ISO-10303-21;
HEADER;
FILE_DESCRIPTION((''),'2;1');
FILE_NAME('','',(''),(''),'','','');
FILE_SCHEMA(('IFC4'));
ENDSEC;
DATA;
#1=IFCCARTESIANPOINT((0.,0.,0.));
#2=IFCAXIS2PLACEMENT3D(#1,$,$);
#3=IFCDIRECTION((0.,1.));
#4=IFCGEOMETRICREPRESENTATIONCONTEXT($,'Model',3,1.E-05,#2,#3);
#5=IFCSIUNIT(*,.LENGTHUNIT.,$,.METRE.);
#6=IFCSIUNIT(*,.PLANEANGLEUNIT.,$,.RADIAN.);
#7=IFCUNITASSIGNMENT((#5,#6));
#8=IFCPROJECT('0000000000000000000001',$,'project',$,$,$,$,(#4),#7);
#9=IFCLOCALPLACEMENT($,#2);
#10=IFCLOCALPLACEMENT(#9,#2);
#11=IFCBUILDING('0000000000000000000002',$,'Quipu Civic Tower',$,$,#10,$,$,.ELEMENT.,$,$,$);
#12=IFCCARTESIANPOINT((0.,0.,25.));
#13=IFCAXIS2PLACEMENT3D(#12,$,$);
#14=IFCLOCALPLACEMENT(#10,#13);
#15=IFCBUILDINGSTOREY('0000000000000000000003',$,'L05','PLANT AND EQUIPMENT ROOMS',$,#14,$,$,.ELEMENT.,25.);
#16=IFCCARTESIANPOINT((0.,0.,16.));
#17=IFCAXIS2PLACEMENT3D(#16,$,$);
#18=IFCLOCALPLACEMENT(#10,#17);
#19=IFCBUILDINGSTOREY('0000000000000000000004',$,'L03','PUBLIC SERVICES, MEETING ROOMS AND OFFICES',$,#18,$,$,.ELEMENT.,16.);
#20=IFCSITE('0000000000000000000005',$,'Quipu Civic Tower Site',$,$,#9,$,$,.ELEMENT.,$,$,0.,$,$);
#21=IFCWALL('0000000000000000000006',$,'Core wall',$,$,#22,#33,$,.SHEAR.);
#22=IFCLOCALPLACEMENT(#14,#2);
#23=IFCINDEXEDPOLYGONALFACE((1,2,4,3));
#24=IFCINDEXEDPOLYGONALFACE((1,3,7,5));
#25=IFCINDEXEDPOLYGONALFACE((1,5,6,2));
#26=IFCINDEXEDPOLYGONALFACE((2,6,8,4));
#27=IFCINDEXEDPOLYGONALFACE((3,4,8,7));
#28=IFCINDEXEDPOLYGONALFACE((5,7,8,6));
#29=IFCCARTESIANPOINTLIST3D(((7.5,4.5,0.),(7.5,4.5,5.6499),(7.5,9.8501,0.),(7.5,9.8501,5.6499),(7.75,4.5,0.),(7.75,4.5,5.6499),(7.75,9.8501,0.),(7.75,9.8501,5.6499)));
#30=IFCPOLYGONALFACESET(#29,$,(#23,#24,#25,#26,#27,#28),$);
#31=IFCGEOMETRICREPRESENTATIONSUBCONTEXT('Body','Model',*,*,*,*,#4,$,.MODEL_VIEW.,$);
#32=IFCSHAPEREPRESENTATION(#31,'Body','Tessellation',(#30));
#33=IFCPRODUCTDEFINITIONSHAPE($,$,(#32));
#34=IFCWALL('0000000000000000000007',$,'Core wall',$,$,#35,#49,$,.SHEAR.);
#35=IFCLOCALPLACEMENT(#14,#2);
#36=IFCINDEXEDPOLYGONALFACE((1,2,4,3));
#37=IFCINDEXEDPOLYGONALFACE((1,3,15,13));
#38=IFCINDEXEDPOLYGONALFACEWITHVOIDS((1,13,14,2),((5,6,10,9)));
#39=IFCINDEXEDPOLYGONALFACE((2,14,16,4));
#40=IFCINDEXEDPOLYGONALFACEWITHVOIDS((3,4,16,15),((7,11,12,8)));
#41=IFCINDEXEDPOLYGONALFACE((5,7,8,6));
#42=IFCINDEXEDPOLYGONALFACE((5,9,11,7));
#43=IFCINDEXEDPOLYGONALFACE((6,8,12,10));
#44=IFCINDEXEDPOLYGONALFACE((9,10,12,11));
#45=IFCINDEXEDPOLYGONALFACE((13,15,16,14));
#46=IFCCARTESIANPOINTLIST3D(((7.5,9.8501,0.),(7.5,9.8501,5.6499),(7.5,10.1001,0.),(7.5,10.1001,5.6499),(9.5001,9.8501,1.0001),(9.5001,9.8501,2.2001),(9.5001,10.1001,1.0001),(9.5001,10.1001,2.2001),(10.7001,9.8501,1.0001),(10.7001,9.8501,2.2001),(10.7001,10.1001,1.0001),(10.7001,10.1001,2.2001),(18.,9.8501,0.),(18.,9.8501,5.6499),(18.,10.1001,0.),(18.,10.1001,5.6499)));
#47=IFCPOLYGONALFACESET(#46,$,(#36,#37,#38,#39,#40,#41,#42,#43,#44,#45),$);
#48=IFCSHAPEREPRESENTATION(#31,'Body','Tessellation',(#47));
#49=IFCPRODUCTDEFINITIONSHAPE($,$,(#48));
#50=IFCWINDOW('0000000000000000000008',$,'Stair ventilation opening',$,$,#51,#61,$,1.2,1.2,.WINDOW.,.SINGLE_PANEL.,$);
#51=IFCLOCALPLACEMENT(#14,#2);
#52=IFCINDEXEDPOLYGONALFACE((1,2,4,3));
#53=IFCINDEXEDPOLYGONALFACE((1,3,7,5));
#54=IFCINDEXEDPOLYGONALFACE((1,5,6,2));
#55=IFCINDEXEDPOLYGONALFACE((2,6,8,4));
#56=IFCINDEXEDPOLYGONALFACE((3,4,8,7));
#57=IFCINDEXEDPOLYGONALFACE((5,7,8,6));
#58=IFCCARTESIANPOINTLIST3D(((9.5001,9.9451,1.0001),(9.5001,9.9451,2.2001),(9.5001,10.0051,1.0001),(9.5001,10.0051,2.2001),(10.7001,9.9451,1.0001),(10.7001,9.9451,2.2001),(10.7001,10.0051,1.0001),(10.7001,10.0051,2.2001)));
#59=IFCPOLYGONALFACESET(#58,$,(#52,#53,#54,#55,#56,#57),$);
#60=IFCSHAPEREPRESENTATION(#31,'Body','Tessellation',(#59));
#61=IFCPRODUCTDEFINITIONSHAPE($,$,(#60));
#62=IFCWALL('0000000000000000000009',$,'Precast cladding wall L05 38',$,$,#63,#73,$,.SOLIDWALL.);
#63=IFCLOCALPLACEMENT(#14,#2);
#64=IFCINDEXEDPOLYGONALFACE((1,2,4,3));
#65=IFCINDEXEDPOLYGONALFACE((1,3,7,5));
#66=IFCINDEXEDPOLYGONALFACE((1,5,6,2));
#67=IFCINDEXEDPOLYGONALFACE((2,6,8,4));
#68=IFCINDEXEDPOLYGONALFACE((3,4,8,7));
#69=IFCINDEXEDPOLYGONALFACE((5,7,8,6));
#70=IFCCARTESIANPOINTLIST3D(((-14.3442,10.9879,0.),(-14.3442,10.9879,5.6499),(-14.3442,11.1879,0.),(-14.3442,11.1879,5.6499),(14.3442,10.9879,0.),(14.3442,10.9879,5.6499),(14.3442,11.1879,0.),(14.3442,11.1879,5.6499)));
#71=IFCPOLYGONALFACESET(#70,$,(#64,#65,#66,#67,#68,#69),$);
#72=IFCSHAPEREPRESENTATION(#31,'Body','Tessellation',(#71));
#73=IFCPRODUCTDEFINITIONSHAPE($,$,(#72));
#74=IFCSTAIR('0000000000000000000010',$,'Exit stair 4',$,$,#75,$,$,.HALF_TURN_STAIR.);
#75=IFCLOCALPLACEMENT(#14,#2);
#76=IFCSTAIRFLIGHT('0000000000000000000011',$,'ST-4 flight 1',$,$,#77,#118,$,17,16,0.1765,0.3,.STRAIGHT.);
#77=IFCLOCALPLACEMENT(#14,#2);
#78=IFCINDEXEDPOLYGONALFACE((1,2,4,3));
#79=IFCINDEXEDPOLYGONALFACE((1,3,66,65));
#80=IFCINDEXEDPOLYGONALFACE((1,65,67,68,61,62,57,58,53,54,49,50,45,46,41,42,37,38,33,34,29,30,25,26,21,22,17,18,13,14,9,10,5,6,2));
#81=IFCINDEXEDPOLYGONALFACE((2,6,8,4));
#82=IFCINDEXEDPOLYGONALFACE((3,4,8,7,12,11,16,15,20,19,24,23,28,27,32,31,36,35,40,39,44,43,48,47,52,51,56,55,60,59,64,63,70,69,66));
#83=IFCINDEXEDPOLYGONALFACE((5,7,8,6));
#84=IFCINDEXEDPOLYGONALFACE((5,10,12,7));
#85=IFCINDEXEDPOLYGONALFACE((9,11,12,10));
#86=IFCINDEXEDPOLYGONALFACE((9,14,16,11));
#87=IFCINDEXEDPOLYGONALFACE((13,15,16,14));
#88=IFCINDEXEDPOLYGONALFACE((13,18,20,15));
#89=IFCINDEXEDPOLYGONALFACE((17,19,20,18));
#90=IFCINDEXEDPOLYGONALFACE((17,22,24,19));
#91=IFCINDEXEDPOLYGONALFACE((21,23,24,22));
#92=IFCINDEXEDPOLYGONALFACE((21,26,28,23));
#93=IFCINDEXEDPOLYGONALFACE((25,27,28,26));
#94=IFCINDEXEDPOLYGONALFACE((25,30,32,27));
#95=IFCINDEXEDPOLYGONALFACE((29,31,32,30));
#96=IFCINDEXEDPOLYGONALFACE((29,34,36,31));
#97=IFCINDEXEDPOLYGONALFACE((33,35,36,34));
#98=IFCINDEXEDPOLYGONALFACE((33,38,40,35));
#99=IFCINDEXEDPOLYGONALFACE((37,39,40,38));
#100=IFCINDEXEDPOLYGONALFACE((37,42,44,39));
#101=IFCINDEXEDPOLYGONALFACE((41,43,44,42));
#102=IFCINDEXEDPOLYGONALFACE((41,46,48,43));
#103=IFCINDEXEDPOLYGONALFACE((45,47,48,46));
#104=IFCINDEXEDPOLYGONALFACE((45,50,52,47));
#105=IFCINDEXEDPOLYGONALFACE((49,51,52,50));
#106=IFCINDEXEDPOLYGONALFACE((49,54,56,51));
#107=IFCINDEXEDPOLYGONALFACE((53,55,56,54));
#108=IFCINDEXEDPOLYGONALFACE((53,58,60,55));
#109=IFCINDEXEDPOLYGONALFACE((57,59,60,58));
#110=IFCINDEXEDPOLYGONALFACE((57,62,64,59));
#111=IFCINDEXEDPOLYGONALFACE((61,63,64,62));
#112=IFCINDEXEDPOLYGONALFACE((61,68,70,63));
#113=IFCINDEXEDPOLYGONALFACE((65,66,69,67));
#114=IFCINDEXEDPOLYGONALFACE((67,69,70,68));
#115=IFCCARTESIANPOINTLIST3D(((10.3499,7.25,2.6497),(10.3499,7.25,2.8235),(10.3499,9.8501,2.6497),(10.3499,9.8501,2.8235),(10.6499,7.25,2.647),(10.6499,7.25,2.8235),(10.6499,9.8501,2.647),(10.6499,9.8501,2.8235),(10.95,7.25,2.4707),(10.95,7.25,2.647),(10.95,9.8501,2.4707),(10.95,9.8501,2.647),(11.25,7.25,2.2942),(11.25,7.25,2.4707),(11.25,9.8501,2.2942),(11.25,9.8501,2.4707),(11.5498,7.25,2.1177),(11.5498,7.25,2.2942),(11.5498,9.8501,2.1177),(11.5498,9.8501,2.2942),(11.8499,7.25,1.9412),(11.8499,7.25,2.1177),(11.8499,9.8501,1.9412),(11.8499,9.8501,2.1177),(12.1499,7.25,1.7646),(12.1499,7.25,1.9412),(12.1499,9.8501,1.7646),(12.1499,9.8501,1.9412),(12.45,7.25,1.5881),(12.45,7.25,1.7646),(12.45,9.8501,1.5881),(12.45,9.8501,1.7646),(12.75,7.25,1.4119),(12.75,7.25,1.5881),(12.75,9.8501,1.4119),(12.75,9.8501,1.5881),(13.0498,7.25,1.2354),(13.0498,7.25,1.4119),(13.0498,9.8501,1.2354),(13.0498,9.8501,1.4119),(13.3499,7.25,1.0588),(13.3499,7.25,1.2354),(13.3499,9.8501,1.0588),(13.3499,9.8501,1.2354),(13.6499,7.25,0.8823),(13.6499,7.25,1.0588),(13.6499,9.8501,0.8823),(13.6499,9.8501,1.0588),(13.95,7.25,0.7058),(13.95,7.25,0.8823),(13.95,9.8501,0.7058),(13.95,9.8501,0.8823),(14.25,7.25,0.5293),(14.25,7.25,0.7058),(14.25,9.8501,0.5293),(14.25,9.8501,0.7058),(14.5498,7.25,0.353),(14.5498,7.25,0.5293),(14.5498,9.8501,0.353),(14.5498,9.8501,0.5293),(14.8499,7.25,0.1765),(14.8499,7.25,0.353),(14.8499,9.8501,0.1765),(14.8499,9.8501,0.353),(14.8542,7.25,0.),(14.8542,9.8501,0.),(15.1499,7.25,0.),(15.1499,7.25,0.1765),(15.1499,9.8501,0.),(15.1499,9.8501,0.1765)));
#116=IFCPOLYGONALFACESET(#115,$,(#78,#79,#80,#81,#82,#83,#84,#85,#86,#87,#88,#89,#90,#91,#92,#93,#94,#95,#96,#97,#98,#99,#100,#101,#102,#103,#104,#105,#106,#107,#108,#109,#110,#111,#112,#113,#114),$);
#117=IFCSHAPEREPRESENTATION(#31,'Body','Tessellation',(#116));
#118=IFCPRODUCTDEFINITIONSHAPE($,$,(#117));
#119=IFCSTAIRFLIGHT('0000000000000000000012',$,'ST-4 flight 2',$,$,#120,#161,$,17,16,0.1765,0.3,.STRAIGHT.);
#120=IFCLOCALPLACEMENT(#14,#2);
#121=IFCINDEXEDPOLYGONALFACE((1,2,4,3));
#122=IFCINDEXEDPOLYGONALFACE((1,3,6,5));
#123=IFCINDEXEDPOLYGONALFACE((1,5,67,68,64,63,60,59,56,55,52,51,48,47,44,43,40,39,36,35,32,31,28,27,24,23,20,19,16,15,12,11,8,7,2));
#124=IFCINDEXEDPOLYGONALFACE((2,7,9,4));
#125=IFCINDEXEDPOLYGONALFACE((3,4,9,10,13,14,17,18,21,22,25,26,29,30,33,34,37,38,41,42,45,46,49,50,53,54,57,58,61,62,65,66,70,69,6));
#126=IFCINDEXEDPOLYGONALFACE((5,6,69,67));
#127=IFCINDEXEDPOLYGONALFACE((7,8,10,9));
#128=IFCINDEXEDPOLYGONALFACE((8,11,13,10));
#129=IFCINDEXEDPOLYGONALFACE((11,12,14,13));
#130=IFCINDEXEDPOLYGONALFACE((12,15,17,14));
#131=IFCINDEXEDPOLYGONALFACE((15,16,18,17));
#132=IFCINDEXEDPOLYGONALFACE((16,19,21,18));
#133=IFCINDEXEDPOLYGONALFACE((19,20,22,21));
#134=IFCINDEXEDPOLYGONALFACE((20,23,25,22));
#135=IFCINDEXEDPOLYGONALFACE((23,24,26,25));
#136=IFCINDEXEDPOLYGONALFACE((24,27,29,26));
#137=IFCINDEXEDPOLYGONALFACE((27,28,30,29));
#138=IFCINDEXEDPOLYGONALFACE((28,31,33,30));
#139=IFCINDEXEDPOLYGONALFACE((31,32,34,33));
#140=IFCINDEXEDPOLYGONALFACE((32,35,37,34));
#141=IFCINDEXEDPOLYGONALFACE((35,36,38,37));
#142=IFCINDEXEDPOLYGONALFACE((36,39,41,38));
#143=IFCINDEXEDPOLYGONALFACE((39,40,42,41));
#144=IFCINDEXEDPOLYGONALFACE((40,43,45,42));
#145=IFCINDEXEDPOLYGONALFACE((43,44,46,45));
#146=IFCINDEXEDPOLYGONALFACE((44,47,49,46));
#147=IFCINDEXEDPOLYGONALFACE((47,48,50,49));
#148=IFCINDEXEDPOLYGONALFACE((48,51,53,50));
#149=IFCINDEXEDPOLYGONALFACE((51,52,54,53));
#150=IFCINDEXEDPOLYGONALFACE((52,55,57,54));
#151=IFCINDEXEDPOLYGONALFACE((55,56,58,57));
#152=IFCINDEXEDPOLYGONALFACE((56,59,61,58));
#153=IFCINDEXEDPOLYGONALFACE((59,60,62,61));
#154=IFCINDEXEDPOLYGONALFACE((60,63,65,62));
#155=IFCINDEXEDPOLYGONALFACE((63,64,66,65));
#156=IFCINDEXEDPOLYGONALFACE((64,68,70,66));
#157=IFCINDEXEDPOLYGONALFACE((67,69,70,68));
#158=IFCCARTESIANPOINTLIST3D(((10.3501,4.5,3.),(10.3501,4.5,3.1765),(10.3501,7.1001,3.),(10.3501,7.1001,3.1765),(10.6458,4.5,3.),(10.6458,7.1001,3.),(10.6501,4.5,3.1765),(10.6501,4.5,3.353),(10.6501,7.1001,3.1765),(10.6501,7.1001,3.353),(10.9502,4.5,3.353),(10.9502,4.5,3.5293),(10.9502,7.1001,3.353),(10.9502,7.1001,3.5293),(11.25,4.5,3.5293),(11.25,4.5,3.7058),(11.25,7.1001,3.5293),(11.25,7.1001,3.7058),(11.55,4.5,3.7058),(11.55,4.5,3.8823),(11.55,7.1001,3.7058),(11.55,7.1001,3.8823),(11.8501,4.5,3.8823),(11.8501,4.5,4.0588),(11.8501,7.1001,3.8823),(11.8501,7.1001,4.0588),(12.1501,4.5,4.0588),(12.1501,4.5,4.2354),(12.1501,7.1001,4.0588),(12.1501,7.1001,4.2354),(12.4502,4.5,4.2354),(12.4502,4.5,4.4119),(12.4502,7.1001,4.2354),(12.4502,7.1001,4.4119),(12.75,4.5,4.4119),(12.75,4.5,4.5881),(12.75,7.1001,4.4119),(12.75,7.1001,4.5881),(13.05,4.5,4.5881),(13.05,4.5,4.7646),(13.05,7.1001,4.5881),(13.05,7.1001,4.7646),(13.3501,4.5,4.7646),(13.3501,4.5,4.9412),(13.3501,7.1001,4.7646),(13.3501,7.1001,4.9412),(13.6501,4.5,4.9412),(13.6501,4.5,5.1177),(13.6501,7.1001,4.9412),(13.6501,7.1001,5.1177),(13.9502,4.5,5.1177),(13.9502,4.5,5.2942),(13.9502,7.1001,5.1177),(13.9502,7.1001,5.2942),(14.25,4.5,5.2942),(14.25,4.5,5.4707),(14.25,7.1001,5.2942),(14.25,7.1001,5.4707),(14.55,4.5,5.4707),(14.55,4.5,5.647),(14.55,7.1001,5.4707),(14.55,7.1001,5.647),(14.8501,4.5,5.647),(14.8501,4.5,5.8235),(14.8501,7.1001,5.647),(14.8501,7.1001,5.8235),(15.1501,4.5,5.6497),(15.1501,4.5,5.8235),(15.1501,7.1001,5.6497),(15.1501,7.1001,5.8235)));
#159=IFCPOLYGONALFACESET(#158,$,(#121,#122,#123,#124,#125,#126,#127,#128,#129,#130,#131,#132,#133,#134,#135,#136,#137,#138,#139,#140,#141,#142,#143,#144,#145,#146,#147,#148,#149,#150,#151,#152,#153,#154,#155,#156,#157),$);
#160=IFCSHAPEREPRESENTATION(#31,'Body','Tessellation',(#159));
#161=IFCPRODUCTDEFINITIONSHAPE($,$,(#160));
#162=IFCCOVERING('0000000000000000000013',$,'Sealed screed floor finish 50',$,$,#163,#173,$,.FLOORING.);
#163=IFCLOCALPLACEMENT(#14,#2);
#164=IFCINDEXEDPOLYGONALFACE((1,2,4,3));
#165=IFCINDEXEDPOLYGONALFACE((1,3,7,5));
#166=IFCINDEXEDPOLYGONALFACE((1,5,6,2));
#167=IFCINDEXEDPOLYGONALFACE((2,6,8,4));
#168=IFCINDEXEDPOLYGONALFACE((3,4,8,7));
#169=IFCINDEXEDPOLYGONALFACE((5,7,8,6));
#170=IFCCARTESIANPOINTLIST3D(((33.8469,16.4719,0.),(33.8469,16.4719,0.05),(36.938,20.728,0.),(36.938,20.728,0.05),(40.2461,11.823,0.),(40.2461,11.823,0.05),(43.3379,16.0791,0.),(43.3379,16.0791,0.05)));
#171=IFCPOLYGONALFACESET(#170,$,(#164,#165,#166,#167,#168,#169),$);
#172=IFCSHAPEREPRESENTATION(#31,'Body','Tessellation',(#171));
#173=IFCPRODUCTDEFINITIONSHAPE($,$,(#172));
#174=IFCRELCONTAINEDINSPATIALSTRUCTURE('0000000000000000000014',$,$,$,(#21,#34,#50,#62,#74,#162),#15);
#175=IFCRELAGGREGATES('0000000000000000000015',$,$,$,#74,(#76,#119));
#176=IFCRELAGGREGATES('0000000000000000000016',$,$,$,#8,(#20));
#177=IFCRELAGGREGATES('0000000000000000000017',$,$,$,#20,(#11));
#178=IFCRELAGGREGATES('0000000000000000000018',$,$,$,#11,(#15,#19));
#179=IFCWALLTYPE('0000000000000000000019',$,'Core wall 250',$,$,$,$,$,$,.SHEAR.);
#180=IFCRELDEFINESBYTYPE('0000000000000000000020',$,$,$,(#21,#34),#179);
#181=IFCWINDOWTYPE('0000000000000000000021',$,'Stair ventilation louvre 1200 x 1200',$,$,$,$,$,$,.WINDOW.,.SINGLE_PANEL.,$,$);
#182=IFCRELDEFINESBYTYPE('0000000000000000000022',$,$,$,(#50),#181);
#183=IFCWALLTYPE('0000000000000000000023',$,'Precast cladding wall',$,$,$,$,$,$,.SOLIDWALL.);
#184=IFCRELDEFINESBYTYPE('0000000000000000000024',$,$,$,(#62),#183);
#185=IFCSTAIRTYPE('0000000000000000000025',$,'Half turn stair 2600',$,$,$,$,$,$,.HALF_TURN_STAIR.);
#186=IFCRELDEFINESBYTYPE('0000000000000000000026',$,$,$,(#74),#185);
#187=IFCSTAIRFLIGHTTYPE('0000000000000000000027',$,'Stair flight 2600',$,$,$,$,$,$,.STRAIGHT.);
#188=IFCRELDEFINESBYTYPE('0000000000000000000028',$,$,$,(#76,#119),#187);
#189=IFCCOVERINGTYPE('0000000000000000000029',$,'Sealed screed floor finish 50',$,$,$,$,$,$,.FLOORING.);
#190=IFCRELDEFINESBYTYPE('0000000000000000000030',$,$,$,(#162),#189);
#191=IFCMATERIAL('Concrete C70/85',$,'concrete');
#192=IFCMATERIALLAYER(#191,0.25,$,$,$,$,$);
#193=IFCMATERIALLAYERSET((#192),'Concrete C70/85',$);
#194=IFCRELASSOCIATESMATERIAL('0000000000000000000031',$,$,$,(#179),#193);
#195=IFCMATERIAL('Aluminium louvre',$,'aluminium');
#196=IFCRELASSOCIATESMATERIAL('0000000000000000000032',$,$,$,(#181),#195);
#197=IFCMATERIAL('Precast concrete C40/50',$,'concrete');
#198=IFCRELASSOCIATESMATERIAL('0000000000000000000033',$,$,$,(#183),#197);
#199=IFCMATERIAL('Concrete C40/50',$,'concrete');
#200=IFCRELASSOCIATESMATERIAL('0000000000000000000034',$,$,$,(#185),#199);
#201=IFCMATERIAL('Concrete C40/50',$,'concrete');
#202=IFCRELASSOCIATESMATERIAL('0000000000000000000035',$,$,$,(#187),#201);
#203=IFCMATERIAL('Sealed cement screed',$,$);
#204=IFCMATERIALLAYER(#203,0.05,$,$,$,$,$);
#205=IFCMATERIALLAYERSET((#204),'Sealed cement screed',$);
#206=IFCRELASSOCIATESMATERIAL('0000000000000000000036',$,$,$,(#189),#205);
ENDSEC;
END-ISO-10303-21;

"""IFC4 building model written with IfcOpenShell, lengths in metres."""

from ifc_helpers import new_model, si_unit, direction, frame, frame_2d, origin, place, context, subcontext, project, spatial, polyline, rectangle, outline, extrude, material, layer, layer_set, type_object, element, fill, aggregate, save


model = new_model("IFC4")

# Units and contexts
model_context = context("Model", 3, precision=1e-05, world=origin(), true_north=direction((0.0, 1.0)))
body_context = subcontext(model_context, "Body", "Model", "MODEL_VIEW")
ifc_project = project(units=[si_unit("LENGTHUNIT", "METRE"), si_unit("PLANEANGLEUNIT", "RADIAN")], contexts=[model_context])

# Site, building, storey
site_placement = place(None, origin())
site = spatial("IfcSite", under=ifc_project, at=site_placement, Name="Quipu Civic Tower Site", CompositionType="ELEMENT", RefElevation=0.0)
building_placement = place(site_placement, origin())
building = spatial("IfcBuilding", under=site, at=building_placement, Name="Quipu Civic Tower", CompositionType="ELEMENT")
storey_1_placement = place(building_placement, frame((0.0, 0.0, 25.0)))
storey_1 = spatial("IfcBuildingStorey", under=building, at=storey_1_placement, Name="L05", Description="PLANT AND EQUIPMENT ROOMS", CompositionType="ELEMENT", Elevation=25.0)

# Shared definitions
storey_2_placement = place(building_placement, frame((0.0, 0.0, 16.0)))
storey_2 = spatial("IfcBuildingStorey", under=building, at=storey_2_placement, Name="L03", Description="PUBLIC SERVICES, MEETING ROOMS AND OFFICES", CompositionType="ELEMENT", Elevation=16.0)

# Shared definitions
ifc_material_1 = material(Name="Concrete C70/85", Category="concrete")
ifc_layer_1 = layer(ifc_material_1, 0.25)
ifc_layer_set_1 = layer_set([ifc_layer_1], Name="Concrete C70/85")
wall_type_1 = type_object("IfcWallType", Name="Core wall 250", PredefinedType="SHEAR", material=ifc_layer_set_1)

# Wall
wall_1_placement = place(storey_1_placement, frame((7.625, 4.5, 0.0), z_axis=(0.0, 0.0, 1.0), x_axis=(0.0, 1.0, 0.0)))
element("IfcWall", 1, at=wall_1_placement, inside=storey_1, type_object=wall_type_1, Name="Core wall", PredefinedType="SHEAR", context=body_context, shape_type="SweptSolid", body=[
    extrude(rectangle(XDim=5.3501, YDim=0.25, at=frame_2d((2.675, 0.0))), origin(), (0.0, 0.0, 1.0), 5.6499),
])

# Wall, opening, window
wall_2_placement = place(storey_1_placement, frame((7.5, 9.9751, 0.0), z_axis=(0.0, 0.0, 1.0), x_axis=(1.0, 0.0, 0.0)))
wall_2 = element("IfcWall", 2, at=wall_2_placement, inside=storey_1, type_object=wall_type_1, Name="Core wall", PredefinedType="SHEAR", context=body_context, shape_type="SweptSolid", body=[
    extrude(rectangle(XDim=10.5, YDim=0.25, at=frame_2d((5.25, 0.0))), origin(), (0.0, 0.0, 1.0), 5.6499),
])
opening_1_placement = place(wall_2_placement, frame((2.0, 0.0, 1.0)))
opening_1 = element("IfcOpeningElement", 3, at=opening_1_placement, cuts=wall_2, PredefinedType="OPENING", context=body_context, shape_type="SweptSolid", body=[
    extrude(rectangle(XDim=1.2, YDim=1.2, at=frame_2d((0.6001, 0.6001))), frame((0.0, 0.135, 0.0), z_axis=(0.0, -1.0, 0.0), x_axis=(1.0, 0.0, 0.0)), (0.0, 0.0, 1.0), 0.27),
])
ifc_material_2 = material(Name="Aluminium louvre", Category="aluminium")
window_type = type_object("IfcWindowType", Name="Stair ventilation louvre 1200 x 1200", PartitioningType="SINGLE_PANEL", PredefinedType="WINDOW", material=ifc_material_2)
window_placement = place(opening_1_placement, origin())
window = element("IfcWindow", 4, at=window_placement, inside=storey_1, type_object=window_type, Name="Stair ventilation opening", OverallHeight=1.2, OverallWidth=1.2, PartitioningType="SINGLE_PANEL", PredefinedType="WINDOW", context=body_context, shape_type="SweptSolid", body=[
    extrude(rectangle(XDim=1.2, YDim=1.2, at=frame_2d((0.6001, 0.6001))), frame((0.0, 0.03, 0.0), z_axis=(0.0, -1.0, 0.0), x_axis=(1.0, 0.0, 0.0)), (0.0, 0.0, 1.0), 0.0601),
])
fill(opening_1, window)

# Wall
ifc_material_3 = material(Name="Precast concrete C40/50", Category="concrete")
wall_type_2 = type_object("IfcWallType", Name="Precast cladding wall", PredefinedType="SOLIDWALL", material=ifc_material_3)
wall_3_placement = place(storey_1_placement, frame((14.3442, 11.0879, 0.0), z_axis=(0.0, 0.0, 1.0), x_axis=(-1.0, 0.0, 0.0)))
element("IfcWall", 5, at=wall_3_placement, inside=storey_1, type_object=wall_type_2, Name="Precast cladding wall L05 38", PredefinedType="SOLIDWALL", context=body_context, shape_type="SweptSolid", body=[
    extrude(rectangle(XDim=28.6885, YDim=0.2, at=frame_2d((14.3442, 0.0))), origin(), (0.0, 0.0, 1.0), 5.6499),
])

# Stair, stair flights
ifc_material_4 = material(Name="Concrete C40/50", Category="concrete")
stair_type = type_object("IfcStairType", Name="Half turn stair 2600", PredefinedType="HALF_TURN_STAIR", material=ifc_material_4)
stair_placement = place(storey_1_placement, origin())
stair = element("IfcStair", 6, at=stair_placement, inside=storey_1, type_object=stair_type, Name="Exit stair 4", PredefinedType="HALF_TURN_STAIR")
ifc_material_5 = material(Name="Concrete C40/50", Category="concrete")
stair_flight_type = type_object("IfcStairFlightType", Name="Stair flight 2600", PredefinedType="STRAIGHT", material=ifc_material_5)
stair_flight_1_placement = place(storey_1_placement, frame((15.1499, 8.55, 0.0), z_axis=(0.0, 0.0, 1.0), x_axis=(-1.0, 0.0, 0.0)))
stair_flight_1 = element("IfcStairFlight", 7, at=stair_flight_1_placement, type_object=stair_flight_type, Name="ST-4 flight 1", NumberOfRisers=17, NumberOfTreads=16, PredefinedType="STRAIGHT", RiserHeight=0.1765, TreadLength=0.3, context=body_context, shape_type="SweptSolid", body=[
    extrude(outline(polyline([(0.0, 0.0), (0.0, 0.1765), (0.3, 0.1765), (0.3, 0.353), (0.6001, 0.353), (0.6001, 0.5293), (0.8999, 0.5293), (0.8999, 0.7058), (1.2, 0.7058), (1.2, 0.8823), (1.5, 0.8823), (1.5, 1.0588), (1.8, 1.0588), (1.8, 1.2354), (2.1001, 1.2354), (2.1001, 1.4119), (2.3999, 1.4119), (2.3999, 1.5881), (2.7, 1.5881), (2.7, 1.7646), (3.0, 1.7646), (3.0, 1.9412), (3.3, 1.9412), (3.3, 2.1177), (3.6001, 2.1177), (3.6001, 2.2942), (3.8999, 2.2942), (3.8999, 2.4707), (4.2, 2.4707), (4.2, 2.647), (4.5, 2.647), (4.5, 2.8235), (4.8, 2.8235), (4.8, 3.0), (4.8, 2.6497), (0.2957, 0.0), (0.0, 0.0)])), frame((0.0, 1.3, 0.0), z_axis=(0.0, -1.0, 0.0), x_axis=(1.0, 0.0, 0.0)), (0.0, 0.0, 1.0), 2.6001),
])
stair_flight_2_placement = place(storey_1_placement, frame((10.3501, 5.8, 3.0), z_axis=(0.0, 0.0, 1.0), x_axis=(1.0, 0.0, 0.0)))
stair_flight_2 = element("IfcStairFlight", 8, at=stair_flight_2_placement, type_object=stair_flight_type, Name="ST-4 flight 2", NumberOfRisers=17, NumberOfTreads=16, PredefinedType="STRAIGHT", RiserHeight=0.1765, TreadLength=0.3, context=body_context, shape_type="SweptSolid", body=[
    extrude(outline(polyline([(0.0, 0.0), (0.0, 0.1765), (0.3, 0.1765), (0.3, 0.353), (0.6001, 0.353), (0.6001, 0.5293), (0.8999, 0.5293), (0.8999, 0.7058), (1.2, 0.7058), (1.2, 0.8823), (1.5, 0.8823), (1.5, 1.0588), (1.8, 1.0588), (1.8, 1.2354), (2.1001, 1.2354), (2.1001, 1.4119), (2.3999, 1.4119), (2.3999, 1.5881), (2.7, 1.5881), (2.7, 1.7646), (3.0, 1.7646), (3.0, 1.9412), (3.3, 1.9412), (3.3, 2.1177), (3.6001, 2.1177), (3.6001, 2.2942), (3.8999, 2.2942), (3.8999, 2.4707), (4.2, 2.4707), (4.2, 2.647), (4.5, 2.647), (4.5, 2.8235), (4.8, 2.8235), (4.8, 3.0), (4.8, 2.6497), (0.2957, 0.0), (0.0, 0.0)])), frame((0.0, 1.3, 0.0), z_axis=(0.0, -1.0, 0.0), x_axis=(1.0, 0.0, 0.0)), (0.0, 0.0, 1.0), 2.6001),
])
aggregate(stair, [stair_flight_1, stair_flight_2])

# Covering
ifc_material_6 = material(Name="Sealed cement screed")
ifc_layer_2 = layer(ifc_material_6, 0.05)
ifc_layer_set_2 = layer_set([ifc_layer_2], Name="Sealed cement screed")
covering_type = type_object("IfcCoveringType", Name="Sealed screed floor finish 50", PredefinedType="FLOORING", material=ifc_layer_set_2)
covering_1_placement = place(storey_1_placement, origin())
element("IfcCovering", 9, at=covering_1_placement, inside=storey_1, type_object=covering_type, Name="Sealed screed floor finish 50", PredefinedType="FLOORING", context=body_context, shape_type="SweptSolid", body=[
    extrude(outline(polyline([(33.8469, 16.4719), (36.938, 20.728), (43.3379, 16.0791), (40.2461, 11.823), (33.8469, 16.4719)])), origin(), (0.0, 0.0, 1.0), 0.05),
])

save(model, "model.ifc")
